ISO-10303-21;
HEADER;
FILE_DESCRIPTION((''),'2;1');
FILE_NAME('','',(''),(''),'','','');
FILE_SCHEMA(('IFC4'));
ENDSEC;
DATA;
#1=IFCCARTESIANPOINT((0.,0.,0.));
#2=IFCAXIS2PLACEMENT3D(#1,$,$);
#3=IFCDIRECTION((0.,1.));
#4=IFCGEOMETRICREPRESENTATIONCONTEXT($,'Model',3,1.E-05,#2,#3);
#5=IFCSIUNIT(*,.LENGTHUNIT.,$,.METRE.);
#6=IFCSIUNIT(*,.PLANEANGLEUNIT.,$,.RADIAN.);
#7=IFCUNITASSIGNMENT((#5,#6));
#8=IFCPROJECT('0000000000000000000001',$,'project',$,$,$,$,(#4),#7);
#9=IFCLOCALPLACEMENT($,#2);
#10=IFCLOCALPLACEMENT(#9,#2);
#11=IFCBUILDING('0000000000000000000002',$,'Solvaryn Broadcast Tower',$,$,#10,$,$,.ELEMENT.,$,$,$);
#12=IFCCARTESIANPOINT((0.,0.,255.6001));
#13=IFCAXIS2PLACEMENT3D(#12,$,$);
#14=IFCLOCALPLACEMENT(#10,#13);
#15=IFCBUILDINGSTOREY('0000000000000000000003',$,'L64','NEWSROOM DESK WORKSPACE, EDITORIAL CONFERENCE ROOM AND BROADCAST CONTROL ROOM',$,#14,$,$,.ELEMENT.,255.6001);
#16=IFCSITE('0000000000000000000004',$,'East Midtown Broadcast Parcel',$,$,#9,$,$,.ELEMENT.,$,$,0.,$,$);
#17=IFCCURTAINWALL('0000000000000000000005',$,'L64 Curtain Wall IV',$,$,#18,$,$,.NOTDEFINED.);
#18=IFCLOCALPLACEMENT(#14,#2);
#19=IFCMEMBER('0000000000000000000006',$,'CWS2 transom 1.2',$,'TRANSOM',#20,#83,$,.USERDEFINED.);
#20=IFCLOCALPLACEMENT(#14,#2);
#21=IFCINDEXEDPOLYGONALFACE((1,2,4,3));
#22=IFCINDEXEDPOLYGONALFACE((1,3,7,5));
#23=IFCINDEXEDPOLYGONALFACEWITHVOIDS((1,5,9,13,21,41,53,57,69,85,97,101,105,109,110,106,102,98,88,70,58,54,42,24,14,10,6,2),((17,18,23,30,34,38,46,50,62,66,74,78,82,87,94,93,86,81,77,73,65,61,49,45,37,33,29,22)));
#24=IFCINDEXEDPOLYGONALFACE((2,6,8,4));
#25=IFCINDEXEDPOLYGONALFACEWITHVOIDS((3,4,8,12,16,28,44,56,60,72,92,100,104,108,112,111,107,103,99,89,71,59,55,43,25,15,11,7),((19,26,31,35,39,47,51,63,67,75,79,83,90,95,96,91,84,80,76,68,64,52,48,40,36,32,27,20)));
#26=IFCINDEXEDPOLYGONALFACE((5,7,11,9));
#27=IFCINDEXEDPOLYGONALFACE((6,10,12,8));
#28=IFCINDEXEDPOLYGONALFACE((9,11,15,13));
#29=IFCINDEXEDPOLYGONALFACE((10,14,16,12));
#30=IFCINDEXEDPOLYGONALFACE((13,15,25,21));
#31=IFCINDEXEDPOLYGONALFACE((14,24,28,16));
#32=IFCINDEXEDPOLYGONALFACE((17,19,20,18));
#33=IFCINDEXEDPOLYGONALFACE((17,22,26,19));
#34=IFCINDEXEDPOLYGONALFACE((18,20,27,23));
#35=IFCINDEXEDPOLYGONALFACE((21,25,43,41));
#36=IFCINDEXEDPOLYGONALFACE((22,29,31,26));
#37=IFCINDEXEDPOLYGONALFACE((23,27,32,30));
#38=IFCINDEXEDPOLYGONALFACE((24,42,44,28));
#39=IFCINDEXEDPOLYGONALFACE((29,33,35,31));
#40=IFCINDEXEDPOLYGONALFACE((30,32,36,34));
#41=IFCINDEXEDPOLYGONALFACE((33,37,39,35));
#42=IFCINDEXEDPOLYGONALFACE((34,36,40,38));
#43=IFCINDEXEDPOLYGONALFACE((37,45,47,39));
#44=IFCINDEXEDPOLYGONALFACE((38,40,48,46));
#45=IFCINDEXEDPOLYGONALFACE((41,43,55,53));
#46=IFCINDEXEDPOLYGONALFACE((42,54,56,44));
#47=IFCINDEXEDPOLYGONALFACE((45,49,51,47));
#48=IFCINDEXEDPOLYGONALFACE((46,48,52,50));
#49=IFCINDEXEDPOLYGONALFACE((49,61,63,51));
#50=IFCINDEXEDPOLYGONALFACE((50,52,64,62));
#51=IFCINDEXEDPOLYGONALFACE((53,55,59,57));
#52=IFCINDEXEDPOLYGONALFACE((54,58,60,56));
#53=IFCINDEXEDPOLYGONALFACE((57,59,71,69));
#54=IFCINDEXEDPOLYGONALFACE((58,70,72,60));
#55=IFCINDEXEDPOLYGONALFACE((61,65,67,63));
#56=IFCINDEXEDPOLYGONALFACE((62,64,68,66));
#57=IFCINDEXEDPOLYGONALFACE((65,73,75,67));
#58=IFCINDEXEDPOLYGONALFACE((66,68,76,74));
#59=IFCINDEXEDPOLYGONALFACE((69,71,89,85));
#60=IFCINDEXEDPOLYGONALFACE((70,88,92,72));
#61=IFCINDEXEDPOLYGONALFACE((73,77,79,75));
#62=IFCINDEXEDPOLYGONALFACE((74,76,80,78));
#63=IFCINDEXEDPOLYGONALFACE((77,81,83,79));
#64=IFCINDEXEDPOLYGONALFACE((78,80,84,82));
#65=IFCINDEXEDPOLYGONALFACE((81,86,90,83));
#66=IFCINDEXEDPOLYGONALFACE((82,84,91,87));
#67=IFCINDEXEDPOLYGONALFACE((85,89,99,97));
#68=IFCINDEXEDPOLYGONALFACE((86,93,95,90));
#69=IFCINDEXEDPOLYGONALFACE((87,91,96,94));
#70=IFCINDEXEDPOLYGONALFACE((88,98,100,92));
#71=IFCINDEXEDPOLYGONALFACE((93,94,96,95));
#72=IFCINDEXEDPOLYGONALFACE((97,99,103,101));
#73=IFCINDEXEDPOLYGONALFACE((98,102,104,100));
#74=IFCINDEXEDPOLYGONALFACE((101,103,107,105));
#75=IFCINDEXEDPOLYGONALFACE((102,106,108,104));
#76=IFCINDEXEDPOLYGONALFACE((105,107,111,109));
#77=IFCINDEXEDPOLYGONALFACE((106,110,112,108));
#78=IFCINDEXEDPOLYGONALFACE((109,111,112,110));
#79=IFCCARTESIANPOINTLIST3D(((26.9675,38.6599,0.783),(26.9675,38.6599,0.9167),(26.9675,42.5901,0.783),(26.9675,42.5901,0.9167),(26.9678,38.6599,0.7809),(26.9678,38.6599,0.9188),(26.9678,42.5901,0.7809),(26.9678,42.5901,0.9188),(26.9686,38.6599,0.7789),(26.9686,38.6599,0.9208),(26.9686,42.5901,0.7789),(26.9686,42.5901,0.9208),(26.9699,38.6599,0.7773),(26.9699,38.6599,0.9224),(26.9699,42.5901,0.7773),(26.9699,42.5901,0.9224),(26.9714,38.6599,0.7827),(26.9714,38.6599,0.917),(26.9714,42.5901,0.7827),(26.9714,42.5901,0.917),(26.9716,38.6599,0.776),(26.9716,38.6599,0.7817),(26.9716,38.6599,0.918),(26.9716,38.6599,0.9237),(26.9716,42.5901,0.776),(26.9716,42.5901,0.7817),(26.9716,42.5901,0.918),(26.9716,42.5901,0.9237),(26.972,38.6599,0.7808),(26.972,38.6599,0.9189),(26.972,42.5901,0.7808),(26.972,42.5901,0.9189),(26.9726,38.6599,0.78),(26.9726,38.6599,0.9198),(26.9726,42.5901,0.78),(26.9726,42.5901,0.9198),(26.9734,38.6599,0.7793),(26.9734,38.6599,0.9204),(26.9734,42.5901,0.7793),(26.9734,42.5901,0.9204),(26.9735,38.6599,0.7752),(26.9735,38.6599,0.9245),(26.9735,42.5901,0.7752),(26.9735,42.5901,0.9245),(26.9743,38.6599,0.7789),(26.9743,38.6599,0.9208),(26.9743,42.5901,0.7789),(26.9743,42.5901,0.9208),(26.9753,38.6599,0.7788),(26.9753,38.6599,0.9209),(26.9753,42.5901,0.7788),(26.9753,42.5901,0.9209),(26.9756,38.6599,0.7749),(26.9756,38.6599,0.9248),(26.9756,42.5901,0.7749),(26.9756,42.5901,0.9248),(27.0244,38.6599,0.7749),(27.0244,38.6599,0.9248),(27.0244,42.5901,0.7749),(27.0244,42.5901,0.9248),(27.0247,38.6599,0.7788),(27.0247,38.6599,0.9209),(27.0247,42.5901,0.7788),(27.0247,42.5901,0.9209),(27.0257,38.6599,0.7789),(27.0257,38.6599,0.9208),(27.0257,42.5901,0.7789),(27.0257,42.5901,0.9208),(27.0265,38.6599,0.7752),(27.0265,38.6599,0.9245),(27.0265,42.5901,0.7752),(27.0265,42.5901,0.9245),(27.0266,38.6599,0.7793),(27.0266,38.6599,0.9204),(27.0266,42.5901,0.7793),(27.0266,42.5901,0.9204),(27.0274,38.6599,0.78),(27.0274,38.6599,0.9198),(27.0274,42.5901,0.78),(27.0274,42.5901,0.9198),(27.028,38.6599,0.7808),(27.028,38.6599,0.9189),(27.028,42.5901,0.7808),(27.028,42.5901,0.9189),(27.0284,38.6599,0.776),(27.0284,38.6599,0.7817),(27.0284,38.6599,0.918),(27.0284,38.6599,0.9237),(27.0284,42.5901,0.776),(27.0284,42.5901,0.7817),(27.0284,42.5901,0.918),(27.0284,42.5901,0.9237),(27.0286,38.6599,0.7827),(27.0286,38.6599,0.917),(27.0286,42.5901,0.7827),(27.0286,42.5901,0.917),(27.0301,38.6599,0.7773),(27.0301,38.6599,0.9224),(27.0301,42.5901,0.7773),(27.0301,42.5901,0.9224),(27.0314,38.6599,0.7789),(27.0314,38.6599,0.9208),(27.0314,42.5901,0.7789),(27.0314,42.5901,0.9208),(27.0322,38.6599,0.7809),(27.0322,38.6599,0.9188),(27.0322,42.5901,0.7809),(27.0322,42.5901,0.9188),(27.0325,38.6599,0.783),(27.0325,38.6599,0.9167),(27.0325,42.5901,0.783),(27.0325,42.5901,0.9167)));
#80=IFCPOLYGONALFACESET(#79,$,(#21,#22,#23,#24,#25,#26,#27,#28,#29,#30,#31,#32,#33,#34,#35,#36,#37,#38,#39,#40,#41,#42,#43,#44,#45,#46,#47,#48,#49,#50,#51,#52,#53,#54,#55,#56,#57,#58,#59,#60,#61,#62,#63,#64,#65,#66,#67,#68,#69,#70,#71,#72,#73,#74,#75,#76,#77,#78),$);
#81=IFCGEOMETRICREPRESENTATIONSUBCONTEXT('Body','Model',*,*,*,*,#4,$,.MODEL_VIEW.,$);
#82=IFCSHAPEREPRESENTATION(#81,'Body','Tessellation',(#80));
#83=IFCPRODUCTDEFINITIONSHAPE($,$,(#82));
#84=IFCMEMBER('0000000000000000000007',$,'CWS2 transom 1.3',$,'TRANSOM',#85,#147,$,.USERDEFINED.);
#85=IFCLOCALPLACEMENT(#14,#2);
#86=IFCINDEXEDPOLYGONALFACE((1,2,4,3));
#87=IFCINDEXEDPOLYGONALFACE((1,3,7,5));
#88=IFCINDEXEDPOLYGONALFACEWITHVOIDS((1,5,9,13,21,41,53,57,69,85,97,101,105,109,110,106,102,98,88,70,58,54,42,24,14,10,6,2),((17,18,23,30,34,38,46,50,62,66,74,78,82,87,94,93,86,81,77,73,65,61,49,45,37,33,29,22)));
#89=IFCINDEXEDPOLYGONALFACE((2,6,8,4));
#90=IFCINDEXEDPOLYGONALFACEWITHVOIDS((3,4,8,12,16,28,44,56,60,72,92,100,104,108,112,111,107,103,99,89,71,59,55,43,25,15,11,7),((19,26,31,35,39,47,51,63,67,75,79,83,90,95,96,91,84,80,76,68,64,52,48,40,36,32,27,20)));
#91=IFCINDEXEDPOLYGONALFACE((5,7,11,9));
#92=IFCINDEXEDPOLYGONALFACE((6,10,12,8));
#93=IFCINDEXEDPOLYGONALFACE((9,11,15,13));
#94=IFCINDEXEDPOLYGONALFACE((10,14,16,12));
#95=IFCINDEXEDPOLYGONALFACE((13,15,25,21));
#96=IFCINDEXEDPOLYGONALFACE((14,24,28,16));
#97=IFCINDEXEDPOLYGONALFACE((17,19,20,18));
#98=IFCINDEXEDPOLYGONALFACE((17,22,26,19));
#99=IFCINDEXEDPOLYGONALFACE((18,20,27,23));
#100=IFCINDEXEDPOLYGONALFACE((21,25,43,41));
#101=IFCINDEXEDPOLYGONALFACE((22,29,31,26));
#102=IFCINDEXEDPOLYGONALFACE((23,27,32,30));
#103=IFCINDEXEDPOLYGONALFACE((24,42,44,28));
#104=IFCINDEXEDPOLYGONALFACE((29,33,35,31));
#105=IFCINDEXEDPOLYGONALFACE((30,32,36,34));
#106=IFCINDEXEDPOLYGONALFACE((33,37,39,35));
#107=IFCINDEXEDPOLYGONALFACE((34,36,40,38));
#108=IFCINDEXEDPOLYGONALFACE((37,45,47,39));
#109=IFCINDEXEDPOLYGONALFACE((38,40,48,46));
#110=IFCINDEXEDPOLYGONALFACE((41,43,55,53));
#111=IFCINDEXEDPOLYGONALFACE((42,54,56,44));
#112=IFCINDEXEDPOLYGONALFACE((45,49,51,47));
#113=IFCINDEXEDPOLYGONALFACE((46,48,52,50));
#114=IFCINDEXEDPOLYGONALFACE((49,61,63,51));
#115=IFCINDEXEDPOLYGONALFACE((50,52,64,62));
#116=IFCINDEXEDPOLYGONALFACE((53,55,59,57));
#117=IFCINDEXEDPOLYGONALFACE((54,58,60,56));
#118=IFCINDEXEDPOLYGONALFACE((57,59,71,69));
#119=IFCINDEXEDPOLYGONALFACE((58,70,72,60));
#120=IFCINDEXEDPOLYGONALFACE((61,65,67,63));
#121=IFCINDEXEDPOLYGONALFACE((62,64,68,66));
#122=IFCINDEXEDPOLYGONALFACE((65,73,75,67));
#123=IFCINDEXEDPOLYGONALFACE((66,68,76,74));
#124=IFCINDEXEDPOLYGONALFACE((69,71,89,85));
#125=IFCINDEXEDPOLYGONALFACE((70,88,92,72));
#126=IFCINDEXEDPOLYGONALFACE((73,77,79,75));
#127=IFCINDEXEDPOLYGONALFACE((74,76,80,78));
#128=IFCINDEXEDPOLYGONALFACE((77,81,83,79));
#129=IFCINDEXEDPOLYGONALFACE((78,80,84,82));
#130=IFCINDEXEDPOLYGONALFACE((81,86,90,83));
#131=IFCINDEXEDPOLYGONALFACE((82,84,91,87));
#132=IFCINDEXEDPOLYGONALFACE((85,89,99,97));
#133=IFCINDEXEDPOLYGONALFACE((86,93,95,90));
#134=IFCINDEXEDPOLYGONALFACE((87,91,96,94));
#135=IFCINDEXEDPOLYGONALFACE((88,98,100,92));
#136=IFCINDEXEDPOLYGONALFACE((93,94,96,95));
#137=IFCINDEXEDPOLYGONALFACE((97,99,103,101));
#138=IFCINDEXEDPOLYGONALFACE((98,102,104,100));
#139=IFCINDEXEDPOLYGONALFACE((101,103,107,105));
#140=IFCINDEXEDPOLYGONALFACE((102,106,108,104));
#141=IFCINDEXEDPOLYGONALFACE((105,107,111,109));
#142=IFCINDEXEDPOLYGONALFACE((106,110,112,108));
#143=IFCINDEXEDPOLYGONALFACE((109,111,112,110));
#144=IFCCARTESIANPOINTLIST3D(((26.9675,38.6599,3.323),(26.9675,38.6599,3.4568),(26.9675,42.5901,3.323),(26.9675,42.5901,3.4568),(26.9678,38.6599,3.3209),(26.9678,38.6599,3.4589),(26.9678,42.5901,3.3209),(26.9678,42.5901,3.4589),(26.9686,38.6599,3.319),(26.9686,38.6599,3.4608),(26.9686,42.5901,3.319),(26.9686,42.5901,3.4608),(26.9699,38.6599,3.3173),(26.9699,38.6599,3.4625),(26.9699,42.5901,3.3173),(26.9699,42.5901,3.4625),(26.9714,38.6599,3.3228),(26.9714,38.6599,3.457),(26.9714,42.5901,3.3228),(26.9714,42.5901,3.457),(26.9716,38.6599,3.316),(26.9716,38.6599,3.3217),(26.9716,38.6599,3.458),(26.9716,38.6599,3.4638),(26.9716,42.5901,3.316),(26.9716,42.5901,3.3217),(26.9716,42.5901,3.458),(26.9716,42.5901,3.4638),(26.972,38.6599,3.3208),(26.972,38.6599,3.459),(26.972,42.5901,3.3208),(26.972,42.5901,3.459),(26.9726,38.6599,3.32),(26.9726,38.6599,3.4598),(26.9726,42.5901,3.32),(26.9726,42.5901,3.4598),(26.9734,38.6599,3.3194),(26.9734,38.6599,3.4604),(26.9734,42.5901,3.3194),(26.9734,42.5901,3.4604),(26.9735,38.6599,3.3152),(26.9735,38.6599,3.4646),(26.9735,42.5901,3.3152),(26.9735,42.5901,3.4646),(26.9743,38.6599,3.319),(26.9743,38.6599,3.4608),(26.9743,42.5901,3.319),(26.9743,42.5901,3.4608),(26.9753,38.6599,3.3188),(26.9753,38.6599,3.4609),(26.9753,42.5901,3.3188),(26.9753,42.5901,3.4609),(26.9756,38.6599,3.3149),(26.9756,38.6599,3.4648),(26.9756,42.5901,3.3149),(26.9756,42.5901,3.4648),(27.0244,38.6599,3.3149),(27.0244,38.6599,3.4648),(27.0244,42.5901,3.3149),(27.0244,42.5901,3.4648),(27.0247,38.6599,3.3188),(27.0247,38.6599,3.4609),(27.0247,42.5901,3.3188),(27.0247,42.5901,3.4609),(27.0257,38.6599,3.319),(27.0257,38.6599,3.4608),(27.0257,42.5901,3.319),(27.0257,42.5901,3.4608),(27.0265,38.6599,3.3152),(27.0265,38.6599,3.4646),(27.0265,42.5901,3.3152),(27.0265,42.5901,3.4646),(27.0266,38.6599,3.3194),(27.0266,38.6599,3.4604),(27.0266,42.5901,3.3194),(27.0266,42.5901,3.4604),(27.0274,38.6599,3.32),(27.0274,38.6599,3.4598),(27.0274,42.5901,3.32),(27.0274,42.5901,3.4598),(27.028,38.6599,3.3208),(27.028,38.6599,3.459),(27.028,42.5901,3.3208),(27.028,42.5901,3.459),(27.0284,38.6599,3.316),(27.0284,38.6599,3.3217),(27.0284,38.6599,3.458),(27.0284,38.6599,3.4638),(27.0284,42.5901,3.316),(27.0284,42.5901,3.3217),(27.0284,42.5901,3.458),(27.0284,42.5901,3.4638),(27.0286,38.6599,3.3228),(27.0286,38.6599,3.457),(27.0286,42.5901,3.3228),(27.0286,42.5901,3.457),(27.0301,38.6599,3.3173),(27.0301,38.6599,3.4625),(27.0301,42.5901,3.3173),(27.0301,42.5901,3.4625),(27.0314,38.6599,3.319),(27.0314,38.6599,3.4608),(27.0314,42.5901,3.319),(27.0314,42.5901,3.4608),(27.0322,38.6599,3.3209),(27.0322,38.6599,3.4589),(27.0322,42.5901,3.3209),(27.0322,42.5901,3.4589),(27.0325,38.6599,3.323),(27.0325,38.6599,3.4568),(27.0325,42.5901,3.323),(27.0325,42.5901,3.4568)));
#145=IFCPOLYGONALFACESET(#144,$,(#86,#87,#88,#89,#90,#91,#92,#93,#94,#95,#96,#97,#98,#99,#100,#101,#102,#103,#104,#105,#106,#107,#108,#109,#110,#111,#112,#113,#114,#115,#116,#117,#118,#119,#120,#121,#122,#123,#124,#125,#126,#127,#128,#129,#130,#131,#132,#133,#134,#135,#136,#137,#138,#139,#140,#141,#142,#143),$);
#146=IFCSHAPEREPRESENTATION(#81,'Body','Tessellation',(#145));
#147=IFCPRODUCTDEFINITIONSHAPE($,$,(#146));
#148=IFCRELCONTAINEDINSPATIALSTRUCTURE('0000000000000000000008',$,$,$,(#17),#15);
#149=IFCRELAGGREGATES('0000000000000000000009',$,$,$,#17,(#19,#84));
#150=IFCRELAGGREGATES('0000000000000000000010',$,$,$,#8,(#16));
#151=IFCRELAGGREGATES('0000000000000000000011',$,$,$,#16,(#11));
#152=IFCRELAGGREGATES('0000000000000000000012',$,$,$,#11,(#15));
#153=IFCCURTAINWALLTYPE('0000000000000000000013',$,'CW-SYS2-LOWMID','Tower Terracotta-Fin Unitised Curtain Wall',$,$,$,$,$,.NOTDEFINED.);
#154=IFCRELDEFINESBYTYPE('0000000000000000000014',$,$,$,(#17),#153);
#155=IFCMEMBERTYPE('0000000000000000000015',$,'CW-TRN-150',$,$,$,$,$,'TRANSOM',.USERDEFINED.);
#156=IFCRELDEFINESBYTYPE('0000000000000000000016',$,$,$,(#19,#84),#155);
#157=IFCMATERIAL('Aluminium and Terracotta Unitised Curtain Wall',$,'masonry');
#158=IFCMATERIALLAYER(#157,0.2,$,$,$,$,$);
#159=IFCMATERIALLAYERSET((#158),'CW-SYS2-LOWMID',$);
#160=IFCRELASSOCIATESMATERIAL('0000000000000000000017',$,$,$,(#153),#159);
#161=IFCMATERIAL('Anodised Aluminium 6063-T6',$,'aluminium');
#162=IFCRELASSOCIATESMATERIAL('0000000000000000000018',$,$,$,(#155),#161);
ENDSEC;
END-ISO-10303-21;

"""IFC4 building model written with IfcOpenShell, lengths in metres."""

from ifc_helpers import new_model, si_unit, direction, frame, origin, origin_2d, place, context, subcontext, project, spatial, hollow_rectangle, extrude, material, layer, layer_set, material_profile, profile_set, type_object, element, aggregate, save


model = new_model("IFC4")

# Units and contexts
model_context = context("Model", 3, precision=1e-05, world=origin(), true_north=direction((0.0, 1.0)))
body_context = subcontext(model_context, "Body", "Model", "MODEL_VIEW")
ifc_project = project(units=[si_unit("LENGTHUNIT", "METRE"), si_unit("PLANEANGLEUNIT", "RADIAN")], contexts=[model_context])

# Site, building, storey
site_placement = place(None, origin())
site = spatial("IfcSite", under=ifc_project, at=site_placement, Name="East Midtown Broadcast Parcel", CompositionType="ELEMENT", RefElevation=0.0)
building_placement = place(site_placement, origin())
building = spatial("IfcBuilding", under=site, at=building_placement, Name="Solvaryn Broadcast Tower", CompositionType="ELEMENT")
storey_placement = place(building_placement, frame((0.0, 0.0, 255.6001)))
storey = spatial("IfcBuildingStorey", under=building, at=storey_placement, Name="L64", Description="NEWSROOM DESK WORKSPACE, EDITORIAL CONFERENCE ROOM AND BROADCAST CONTROL ROOM", CompositionType="ELEMENT", Elevation=255.6001)

# Curtain wall
ifc_material_1 = material(Name="Aluminium and Terracotta Unitised Curtain Wall", Category="masonry")
ifc_layer_1 = layer(ifc_material_1, 0.2)
ifc_layer_set_1 = layer_set([ifc_layer_1], Name="CW-SYS2-LOWMID")
curtain_wall_type = type_object("IfcCurtainWallType", Name="CW-SYS2-LOWMID", Description="Tower Terracotta-Fin Unitised Curtain Wall", PredefinedType="NOTDEFINED", material=ifc_layer_set_1)
curtain_wall_1_placement = place(storey_placement, origin())
curtain_wall_1 = element("IfcCurtainWall", 1, at=curtain_wall_1_placement, inside=storey, type_object=curtain_wall_type, Name="L64 Curtain Wall IV", PredefinedType="NOTDEFINED")

# Members
ifc_material_2 = material(Name="Anodised Aluminium 6063-T6", Category="aluminium")
ifc_material_profile_1 = material_profile(ifc_material_2, hollow_rectangle(XDim=0.0649, YDim=0.1499, WallThickness=0.0039, InnerFilletRadius=0.0039, OuterFilletRadius=0.0081, at=origin_2d()))
ifc_profile_set_1 = profile_set([ifc_material_profile_1], Name="Anodised Aluminium 6063-T6")
member_type_1 = type_object("IfcMemberType", Name="CW-TRN-150", ElementType="TRANSOM", PredefinedType="USERDEFINED", material=ifc_profile_set_1)
member_1_placement = place(storey_placement, frame((27.0, 42.5901, 0.8499), z_axis=(0.0, -1.0, 0.0), x_axis=(1.0, 0.0, 0.0)))
member_1 = element("IfcMember", 2, at=member_1_placement, type_object=member_type_1, Name="CWS2 transom 1.2", ObjectType="TRANSOM", PredefinedType="USERDEFINED", context=body_context, shape_type="SweptSolid", body=[
    extrude(hollow_rectangle(XDim=0.0649, YDim=0.1499, WallThickness=0.0039, InnerFilletRadius=0.0039, OuterFilletRadius=0.0081, at=origin_2d()), origin(), (0.0, 0.0, 1.0), 3.9302),
])
member_2_placement = place(storey_placement, frame((27.0, 42.5901, 3.3899), z_axis=(0.0, -1.0, 0.0), x_axis=(1.0, 0.0, 0.0)))
member_2 = element("IfcMember", 3, at=member_2_placement, type_object=member_type_1, Name="CWS2 transom 1.3", ObjectType="TRANSOM", PredefinedType="USERDEFINED", context=body_context, shape_type="SweptSolid", body=[
    extrude(hollow_rectangle(XDim=0.0649, YDim=0.1499, WallThickness=0.0039, InnerFilletRadius=0.0039, OuterFilletRadius=0.0081, at=origin_2d()), origin(), (0.0, 0.0, 1.0), 3.9302),
])

aggregate(curtain_wall_1, [member_1, member_2])

save(model, "model.ifc")
